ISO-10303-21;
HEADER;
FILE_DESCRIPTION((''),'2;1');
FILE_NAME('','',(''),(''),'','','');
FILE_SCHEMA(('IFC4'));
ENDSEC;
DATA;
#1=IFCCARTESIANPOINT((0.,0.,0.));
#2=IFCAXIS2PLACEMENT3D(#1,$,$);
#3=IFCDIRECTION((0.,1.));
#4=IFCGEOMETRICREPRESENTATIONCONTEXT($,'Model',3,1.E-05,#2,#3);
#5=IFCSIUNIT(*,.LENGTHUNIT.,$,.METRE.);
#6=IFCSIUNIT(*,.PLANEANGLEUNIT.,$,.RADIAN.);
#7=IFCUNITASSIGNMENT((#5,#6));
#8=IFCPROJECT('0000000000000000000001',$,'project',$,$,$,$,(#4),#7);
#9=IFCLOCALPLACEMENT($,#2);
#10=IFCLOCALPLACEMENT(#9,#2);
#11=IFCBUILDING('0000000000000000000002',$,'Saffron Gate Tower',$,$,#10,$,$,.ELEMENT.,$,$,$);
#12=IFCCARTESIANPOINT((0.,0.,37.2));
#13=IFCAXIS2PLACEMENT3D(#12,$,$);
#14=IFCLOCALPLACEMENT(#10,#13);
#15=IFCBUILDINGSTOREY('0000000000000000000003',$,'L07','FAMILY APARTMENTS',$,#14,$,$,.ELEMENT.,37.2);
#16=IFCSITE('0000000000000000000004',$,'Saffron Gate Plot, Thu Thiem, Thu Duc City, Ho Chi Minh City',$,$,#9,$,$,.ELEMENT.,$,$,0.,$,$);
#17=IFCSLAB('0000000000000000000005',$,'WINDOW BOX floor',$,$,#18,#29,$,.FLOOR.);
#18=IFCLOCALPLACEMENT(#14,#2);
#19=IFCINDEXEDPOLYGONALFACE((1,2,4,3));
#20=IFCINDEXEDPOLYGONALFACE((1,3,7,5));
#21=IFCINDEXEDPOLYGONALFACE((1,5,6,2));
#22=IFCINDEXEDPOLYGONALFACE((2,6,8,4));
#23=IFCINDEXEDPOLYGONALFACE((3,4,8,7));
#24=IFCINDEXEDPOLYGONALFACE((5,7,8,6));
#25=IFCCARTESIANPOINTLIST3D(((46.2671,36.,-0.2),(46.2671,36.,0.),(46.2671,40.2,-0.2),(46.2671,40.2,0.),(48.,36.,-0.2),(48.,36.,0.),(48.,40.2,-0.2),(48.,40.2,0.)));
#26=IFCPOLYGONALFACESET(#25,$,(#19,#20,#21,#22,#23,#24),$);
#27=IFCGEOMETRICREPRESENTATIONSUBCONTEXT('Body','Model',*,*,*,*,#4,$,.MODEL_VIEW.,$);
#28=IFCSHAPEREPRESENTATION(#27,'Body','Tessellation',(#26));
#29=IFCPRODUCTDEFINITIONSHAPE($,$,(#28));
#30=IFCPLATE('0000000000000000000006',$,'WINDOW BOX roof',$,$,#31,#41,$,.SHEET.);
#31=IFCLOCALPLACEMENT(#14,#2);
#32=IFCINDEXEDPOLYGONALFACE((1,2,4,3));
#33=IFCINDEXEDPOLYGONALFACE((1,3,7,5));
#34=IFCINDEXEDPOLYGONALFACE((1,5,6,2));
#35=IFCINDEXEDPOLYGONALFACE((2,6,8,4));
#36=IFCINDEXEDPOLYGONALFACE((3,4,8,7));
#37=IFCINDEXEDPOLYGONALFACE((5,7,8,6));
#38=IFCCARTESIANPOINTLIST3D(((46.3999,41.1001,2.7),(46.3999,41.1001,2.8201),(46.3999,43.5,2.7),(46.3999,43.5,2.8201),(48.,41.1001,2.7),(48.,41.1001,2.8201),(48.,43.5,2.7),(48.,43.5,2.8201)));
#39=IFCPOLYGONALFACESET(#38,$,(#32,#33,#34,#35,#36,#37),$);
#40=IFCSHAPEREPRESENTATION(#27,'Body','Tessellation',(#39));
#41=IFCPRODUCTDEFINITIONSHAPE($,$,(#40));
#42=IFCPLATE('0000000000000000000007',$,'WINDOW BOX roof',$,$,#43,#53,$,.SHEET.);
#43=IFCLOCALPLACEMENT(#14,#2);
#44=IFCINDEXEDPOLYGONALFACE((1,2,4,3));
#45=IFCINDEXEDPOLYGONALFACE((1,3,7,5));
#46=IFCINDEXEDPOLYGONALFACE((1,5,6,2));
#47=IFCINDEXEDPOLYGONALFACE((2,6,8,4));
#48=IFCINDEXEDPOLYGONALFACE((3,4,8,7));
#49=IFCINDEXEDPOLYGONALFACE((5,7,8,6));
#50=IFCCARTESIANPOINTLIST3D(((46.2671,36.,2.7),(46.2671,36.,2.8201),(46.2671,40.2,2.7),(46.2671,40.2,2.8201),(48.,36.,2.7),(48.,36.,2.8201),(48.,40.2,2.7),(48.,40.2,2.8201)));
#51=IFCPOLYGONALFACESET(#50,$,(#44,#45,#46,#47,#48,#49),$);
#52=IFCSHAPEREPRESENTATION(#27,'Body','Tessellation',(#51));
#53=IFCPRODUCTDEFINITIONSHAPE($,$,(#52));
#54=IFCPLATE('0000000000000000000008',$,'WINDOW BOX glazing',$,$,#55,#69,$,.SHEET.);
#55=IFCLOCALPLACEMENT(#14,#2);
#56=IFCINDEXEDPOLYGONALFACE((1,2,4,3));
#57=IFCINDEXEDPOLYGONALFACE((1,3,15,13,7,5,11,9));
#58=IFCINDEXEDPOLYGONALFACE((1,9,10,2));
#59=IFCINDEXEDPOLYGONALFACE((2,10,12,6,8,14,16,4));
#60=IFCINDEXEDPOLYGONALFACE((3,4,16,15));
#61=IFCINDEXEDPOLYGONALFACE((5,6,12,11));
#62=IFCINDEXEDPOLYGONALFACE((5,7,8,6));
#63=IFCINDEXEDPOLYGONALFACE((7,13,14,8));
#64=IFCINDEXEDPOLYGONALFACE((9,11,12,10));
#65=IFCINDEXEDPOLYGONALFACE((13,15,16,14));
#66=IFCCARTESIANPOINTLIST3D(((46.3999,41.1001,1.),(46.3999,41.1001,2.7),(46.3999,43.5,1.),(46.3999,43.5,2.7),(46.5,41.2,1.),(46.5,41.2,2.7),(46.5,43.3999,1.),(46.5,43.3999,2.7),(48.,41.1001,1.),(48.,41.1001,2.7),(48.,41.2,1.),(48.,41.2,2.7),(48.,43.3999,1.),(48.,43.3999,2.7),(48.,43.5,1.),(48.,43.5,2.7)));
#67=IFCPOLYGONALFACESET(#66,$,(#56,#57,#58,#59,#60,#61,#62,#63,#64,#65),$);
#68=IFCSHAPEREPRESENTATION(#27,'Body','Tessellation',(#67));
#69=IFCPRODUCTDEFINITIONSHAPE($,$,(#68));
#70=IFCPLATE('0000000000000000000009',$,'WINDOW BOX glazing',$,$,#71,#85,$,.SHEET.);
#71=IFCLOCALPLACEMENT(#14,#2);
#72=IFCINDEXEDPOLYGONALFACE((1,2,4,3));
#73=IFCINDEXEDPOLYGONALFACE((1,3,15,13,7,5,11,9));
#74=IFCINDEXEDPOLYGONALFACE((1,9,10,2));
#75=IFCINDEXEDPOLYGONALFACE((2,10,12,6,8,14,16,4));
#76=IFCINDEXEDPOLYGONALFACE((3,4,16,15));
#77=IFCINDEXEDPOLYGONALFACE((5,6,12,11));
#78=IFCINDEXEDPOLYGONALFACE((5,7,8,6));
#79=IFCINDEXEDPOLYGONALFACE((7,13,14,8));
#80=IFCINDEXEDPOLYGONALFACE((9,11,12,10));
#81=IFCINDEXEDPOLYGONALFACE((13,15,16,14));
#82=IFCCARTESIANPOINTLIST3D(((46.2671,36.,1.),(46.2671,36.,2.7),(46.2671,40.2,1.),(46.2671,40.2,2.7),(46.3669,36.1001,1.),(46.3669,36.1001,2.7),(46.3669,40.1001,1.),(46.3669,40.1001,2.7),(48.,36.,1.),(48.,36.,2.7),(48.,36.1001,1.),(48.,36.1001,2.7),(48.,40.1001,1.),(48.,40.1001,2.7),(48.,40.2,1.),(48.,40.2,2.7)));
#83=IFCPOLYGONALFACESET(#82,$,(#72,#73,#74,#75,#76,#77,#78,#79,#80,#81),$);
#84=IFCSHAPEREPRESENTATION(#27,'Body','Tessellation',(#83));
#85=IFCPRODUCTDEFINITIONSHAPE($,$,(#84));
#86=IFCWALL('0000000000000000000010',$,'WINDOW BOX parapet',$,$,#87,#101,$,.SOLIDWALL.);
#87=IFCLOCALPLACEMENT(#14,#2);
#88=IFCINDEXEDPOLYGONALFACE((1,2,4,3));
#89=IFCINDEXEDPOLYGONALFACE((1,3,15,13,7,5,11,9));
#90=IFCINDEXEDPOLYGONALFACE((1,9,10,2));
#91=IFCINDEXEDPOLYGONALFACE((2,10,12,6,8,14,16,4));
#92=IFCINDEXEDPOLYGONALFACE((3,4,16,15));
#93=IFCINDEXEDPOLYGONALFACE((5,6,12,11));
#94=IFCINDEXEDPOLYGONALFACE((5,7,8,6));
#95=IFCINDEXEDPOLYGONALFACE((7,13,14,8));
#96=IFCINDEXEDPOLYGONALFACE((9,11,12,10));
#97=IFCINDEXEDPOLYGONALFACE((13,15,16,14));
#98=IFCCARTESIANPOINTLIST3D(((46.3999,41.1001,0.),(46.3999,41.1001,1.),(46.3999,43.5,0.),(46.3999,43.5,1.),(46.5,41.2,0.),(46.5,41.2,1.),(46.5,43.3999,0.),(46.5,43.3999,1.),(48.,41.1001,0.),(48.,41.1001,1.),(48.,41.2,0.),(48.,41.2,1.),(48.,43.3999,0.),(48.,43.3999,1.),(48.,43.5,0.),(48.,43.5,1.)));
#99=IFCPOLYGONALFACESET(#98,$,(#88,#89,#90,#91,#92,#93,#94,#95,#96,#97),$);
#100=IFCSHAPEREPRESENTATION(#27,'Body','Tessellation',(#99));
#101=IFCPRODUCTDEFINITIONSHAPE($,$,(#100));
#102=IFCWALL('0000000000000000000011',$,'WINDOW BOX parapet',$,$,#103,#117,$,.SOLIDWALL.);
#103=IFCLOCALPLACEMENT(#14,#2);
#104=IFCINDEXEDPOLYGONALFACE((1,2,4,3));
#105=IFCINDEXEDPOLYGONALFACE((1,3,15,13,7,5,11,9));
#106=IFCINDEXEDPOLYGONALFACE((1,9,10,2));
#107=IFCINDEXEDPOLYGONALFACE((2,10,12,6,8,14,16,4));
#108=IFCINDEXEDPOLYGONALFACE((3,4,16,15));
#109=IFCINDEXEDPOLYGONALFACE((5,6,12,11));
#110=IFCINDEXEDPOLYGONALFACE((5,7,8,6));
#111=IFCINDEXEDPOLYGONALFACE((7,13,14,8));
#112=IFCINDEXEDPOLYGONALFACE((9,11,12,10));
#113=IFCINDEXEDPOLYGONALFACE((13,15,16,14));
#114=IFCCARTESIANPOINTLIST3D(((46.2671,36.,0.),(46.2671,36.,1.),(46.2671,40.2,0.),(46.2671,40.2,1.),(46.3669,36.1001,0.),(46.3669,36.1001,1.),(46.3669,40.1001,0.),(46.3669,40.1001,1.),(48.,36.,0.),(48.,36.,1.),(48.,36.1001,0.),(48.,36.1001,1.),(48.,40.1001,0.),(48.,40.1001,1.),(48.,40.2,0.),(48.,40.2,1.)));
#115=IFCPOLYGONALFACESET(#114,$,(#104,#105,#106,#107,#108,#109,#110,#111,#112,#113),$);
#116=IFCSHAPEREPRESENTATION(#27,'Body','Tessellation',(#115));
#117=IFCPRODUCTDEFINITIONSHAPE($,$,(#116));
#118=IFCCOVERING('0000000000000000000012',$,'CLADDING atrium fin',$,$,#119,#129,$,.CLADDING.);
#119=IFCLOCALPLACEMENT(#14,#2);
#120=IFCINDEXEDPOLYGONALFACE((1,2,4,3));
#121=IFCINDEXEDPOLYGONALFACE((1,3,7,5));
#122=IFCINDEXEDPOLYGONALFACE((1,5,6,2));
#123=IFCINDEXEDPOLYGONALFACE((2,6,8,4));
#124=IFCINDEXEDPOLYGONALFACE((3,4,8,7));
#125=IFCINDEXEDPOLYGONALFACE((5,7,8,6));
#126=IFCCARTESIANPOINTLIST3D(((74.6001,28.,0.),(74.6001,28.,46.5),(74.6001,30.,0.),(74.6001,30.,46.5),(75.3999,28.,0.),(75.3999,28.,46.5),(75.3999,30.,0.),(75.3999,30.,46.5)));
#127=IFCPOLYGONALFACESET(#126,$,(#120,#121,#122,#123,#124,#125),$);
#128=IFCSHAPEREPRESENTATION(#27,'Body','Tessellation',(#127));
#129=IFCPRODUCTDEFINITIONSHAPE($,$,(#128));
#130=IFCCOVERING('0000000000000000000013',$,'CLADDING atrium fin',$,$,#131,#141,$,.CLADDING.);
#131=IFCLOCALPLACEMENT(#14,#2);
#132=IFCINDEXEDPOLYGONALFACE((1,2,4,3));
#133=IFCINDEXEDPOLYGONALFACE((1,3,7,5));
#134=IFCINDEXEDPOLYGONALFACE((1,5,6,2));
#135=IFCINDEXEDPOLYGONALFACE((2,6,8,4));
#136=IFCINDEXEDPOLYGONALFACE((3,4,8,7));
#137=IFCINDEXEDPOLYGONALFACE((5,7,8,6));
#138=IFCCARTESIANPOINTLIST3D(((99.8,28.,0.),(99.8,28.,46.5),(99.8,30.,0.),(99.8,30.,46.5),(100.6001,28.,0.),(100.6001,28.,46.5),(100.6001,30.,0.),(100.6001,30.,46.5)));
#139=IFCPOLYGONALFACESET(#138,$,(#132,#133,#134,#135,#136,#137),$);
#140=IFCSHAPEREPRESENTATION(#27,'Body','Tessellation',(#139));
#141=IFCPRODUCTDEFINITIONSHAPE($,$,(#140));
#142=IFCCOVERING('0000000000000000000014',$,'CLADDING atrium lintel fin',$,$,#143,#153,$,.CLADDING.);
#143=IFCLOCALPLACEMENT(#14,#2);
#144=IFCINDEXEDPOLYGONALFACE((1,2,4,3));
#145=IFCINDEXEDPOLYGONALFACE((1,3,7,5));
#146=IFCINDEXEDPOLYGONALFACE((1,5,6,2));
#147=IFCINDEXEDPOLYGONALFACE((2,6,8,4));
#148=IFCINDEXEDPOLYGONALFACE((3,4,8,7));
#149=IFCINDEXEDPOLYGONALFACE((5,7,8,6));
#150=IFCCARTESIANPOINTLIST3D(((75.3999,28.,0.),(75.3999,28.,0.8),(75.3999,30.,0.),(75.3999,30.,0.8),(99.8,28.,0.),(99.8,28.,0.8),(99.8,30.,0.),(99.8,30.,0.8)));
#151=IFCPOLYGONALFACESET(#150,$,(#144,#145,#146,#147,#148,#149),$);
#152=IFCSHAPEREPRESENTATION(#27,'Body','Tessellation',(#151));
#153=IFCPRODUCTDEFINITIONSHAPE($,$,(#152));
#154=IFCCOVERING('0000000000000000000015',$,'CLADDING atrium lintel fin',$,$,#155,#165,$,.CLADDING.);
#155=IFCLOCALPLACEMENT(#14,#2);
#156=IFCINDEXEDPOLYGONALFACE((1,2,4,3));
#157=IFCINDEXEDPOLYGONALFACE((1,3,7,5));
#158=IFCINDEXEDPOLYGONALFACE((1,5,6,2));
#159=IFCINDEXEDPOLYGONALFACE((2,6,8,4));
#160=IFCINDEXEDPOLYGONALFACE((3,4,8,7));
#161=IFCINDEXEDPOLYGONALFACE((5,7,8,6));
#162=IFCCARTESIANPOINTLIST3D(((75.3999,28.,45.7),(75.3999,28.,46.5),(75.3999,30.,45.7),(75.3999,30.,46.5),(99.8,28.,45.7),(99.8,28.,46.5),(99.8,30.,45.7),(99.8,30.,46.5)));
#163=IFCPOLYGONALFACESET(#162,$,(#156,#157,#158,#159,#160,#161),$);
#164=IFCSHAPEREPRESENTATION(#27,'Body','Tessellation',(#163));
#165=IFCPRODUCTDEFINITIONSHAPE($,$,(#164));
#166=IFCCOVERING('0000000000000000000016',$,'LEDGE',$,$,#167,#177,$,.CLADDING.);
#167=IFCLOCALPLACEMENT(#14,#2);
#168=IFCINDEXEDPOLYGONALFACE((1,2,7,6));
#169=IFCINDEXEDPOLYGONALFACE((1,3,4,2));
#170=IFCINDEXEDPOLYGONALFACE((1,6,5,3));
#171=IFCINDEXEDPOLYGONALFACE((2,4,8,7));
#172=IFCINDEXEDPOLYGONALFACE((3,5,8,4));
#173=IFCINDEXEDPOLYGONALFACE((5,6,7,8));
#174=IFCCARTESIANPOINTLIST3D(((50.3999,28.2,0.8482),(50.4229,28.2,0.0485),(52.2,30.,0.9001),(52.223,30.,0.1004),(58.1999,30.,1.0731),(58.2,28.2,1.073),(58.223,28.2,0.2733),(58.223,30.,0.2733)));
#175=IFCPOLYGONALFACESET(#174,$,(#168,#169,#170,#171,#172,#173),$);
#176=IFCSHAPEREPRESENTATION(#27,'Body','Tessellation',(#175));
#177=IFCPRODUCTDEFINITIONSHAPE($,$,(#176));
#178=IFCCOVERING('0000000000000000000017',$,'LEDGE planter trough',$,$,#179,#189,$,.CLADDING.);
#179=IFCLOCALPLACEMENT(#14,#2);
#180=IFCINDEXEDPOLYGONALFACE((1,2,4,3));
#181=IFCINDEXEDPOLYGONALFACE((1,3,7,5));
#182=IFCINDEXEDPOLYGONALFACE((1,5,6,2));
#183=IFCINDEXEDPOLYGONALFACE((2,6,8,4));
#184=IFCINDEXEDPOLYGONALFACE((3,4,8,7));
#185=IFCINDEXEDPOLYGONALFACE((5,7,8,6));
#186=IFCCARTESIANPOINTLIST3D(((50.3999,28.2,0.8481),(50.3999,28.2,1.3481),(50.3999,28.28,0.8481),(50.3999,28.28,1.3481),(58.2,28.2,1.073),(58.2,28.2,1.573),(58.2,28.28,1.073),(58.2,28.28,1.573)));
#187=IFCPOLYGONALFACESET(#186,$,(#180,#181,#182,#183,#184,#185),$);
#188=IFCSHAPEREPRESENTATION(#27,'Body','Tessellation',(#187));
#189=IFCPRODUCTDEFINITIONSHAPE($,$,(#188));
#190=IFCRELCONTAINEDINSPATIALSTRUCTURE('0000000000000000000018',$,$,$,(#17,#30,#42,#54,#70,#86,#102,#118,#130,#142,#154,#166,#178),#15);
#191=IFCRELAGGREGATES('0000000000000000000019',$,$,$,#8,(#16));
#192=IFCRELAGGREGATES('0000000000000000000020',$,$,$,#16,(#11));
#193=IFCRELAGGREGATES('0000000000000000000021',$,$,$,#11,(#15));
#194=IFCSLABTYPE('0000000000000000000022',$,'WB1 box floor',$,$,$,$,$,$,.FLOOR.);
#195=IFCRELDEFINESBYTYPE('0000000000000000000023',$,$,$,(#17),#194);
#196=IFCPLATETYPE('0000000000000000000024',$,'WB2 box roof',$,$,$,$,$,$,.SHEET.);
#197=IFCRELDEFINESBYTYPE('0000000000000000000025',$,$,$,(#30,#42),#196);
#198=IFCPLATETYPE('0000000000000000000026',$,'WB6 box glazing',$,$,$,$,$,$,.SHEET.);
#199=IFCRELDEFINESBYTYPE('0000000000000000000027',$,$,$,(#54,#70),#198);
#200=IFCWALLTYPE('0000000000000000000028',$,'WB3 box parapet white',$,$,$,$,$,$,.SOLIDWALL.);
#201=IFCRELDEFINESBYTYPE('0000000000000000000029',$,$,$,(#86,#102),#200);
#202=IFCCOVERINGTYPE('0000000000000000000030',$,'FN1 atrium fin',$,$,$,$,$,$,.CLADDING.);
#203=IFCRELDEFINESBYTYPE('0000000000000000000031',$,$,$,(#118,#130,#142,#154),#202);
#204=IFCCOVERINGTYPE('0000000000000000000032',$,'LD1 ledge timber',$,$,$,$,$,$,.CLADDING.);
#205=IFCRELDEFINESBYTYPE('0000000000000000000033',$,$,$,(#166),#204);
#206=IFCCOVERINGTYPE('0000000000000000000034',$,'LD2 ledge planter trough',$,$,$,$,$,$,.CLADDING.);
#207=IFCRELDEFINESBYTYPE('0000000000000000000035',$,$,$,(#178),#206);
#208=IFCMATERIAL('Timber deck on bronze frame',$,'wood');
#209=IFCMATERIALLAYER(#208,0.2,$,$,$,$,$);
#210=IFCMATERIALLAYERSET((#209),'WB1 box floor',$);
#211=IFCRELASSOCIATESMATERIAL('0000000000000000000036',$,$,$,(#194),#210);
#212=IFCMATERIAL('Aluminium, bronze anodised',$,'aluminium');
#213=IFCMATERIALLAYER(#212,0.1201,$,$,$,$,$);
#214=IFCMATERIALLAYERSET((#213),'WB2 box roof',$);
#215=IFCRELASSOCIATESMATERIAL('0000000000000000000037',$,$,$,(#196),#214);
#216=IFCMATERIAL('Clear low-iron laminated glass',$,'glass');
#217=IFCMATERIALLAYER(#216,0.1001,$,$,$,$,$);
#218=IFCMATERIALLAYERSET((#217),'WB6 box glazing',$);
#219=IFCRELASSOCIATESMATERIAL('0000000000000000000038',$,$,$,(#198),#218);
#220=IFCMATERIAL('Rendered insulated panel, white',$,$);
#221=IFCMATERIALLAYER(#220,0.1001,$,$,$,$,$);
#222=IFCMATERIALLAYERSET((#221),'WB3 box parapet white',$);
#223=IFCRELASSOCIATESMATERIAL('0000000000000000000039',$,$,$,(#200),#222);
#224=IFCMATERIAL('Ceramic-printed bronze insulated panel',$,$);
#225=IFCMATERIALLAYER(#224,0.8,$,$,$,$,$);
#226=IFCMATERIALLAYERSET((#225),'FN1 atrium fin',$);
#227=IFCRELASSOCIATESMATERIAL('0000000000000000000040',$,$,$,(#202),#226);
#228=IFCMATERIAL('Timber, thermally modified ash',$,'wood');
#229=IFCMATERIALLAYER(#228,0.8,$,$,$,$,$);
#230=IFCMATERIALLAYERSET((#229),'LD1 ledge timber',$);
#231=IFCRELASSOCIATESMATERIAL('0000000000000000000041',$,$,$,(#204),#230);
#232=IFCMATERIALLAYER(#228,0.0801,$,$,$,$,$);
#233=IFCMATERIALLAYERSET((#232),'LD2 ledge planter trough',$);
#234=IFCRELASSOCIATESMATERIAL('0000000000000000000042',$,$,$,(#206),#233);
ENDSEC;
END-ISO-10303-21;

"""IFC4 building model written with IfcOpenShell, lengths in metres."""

from ifc_helpers import new_model, si_unit, direction, frame, origin, place, context, subcontext, project, spatial, polyline, outline, extrude, material, layer, layer_set, type_object, element, save


model = new_model("IFC4")

# Units and contexts
model_context = context("Model", 3, precision=1e-05, world=origin(), true_north=direction((0.0, 1.0)))
body_context = subcontext(model_context, "Body", "Model", "MODEL_VIEW")
ifc_project = project(units=[si_unit("LENGTHUNIT", "METRE"), si_unit("PLANEANGLEUNIT", "RADIAN")], contexts=[model_context])

# Site, building, storey
site_placement = place(None, origin())
site = spatial("IfcSite", under=ifc_project, at=site_placement, Name="Saffron Gate Plot, Thu Thiem, Thu Duc City, Ho Chi Minh City", CompositionType="ELEMENT", RefElevation=0.0)
building_placement = place(site_placement, origin())
building = spatial("IfcBuilding", under=site, at=building_placement, Name="Saffron Gate Tower", CompositionType="ELEMENT")
storey_placement = place(building_placement, frame((0.0, 0.0, 37.2)))
storey = spatial("IfcBuildingStorey", under=building, at=storey_placement, Name="L07", Description="FAMILY APARTMENTS", CompositionType="ELEMENT", Elevation=37.2)

# Shared definitions
ifc_material_1 = material(Name="Aluminium, bronze anodised", Category="aluminium")

# Slab
ifc_material_2 = material(Name="Timber deck on bronze frame", Category="wood")
ifc_layer_1 = layer(ifc_material_2, 0.2)
ifc_layer_set_1 = layer_set([ifc_layer_1], Name="WB1 box floor")
slab_type_1 = type_object("IfcSlabType", Name="WB1 box floor", PredefinedType="FLOOR", material=ifc_layer_set_1)
slab_1_placement = place(storey_placement, frame((0.0, 0.0, -0.2)))
element("IfcSlab", 1, at=slab_1_placement, inside=storey, type_object=slab_type_1, Name="WINDOW BOX floor", PredefinedType="FLOOR", context=body_context, shape_type="SweptSolid", body=[
    extrude(outline(polyline([(48.0, 40.2), (48.0, 36.0), (46.2671, 36.0), (46.2671, 40.2), (48.0, 40.2)])), origin(), (0.0, 0.0, 1.0), 0.2),
])

# Plates
ifc_layer_2 = layer(ifc_material_1, 0.1201)
ifc_layer_set_2 = layer_set([ifc_layer_2], Name="WB2 box roof")
plate_type_1 = type_object("IfcPlateType", Name="WB2 box roof", PredefinedType="SHEET", material=ifc_layer_set_2)
plate_1_placement = place(storey_placement, frame((0.0, 0.0, 2.7)))
element("IfcPlate", 2, at=plate_1_placement, inside=storey, type_object=plate_type_1, Name="WINDOW BOX roof", PredefinedType="SHEET", context=body_context, shape_type="SweptSolid", body=[
    extrude(outline(polyline([(48.0, 43.5), (48.0, 41.1001), (46.3999, 41.1001), (46.3999, 43.5), (48.0, 43.5)])), origin(), (0.0, 0.0, 1.0), 0.1201),
])
plate_2_placement = place(storey_placement, frame((0.0, 0.0, 2.7)))
element("IfcPlate", 3, at=plate_2_placement, inside=storey, type_object=plate_type_1, Name="WINDOW BOX roof", PredefinedType="SHEET", context=body_context, shape_type="SweptSolid", body=[
    extrude(outline(polyline([(48.0, 40.2), (48.0, 36.0), (46.2671, 36.0), (46.2671, 40.2), (48.0, 40.2)])), origin(), (0.0, 0.0, 1.0), 0.1201),
])
ifc_material_3 = material(Name="Clear low-iron laminated glass", Category="glass")
ifc_layer_3 = layer(ifc_material_3, 0.1001)
ifc_layer_set_3 = layer_set([ifc_layer_3], Name="WB6 box glazing")
plate_type_2 = type_object("IfcPlateType", Name="WB6 box glazing", PredefinedType="SHEET", material=ifc_layer_set_3)
plate_3_placement = place(storey_placement, frame((0.0, 0.0, 1.0)))
element("IfcPlate", 4, at=plate_3_placement, inside=storey, type_object=plate_type_2, Name="WINDOW BOX glazing", PredefinedType="SHEET", context=body_context, shape_type="SweptSolid", body=[
    extrude(outline(polyline([(48.0, 43.5), (48.0, 43.3999), (46.5, 43.3999), (46.5, 41.2), (48.0, 41.2), (48.0, 41.1001), (46.3999, 41.1001), (46.3999, 43.5), (48.0, 43.5)])), origin(), (0.0, 0.0, 1.0), 1.7),
])
plate_4_placement = place(storey_placement, frame((0.0, 0.0, 1.0)))
element("IfcPlate", 5, at=plate_4_placement, inside=storey, type_object=plate_type_2, Name="WINDOW BOX glazing", PredefinedType="SHEET", context=body_context, shape_type="SweptSolid", body=[
    extrude(outline(polyline([(48.0, 40.2), (48.0, 40.1001), (46.3669, 40.1001), (46.3669, 36.1001), (48.0, 36.1001), (48.0, 36.0), (46.2671, 36.0), (46.2671, 40.2), (48.0, 40.2)])), origin(), (0.0, 0.0, 1.0), 1.7),
])

# Walls
ifc_material_4 = material(Name="Rendered insulated panel, white")
ifc_layer_4 = layer(ifc_material_4, 0.1001)
ifc_layer_set_4 = layer_set([ifc_layer_4], Name="WB3 box parapet white")
wall_type = type_object("IfcWallType", Name="WB3 box parapet white", PredefinedType="SOLIDWALL", material=ifc_layer_set_4)
wall_1_placement = place(storey_placement, origin())
element("IfcWall", 6, at=wall_1_placement, inside=storey, type_object=wall_type, Name="WINDOW BOX parapet", PredefinedType="SOLIDWALL", context=body_context, shape_type="SweptSolid", body=[
    extrude(outline(polyline([(48.0, 43.5), (48.0, 43.3999), (46.5, 43.3999), (46.5, 41.2), (48.0, 41.2), (48.0, 41.1001), (46.3999, 41.1001), (46.3999, 43.5), (48.0, 43.5)])), origin(), (0.0, 0.0, 1.0), 1.0),
])
wall_2_placement = place(storey_placement, origin())
element("IfcWall", 7, at=wall_2_placement, inside=storey, type_object=wall_type, Name="WINDOW BOX parapet", PredefinedType="SOLIDWALL", context=body_context, shape_type="SweptSolid", body=[
    extrude(outline(polyline([(48.0, 40.2), (48.0, 40.1001), (46.3669, 40.1001), (46.3669, 36.1001), (48.0, 36.1001), (48.0, 36.0), (46.2671, 36.0), (46.2671, 40.2), (48.0, 40.2)])), origin(), (0.0, 0.0, 1.0), 1.0),
])

# Coverings
ifc_material_5 = material(Name="Ceramic-printed bronze insulated panel")
ifc_layer_5 = layer(ifc_material_5, 0.8)
ifc_layer_set_5 = layer_set([ifc_layer_5], Name="FN1 atrium fin")
covering_type_1 = type_object("IfcCoveringType", Name="FN1 atrium fin", PredefinedType="CLADDING", material=ifc_layer_set_5)
covering_1_placement = place(storey_placement, origin())
element("IfcCovering", 8, at=covering_1_placement, inside=storey, type_object=covering_type_1, Name="CLADDING atrium fin", PredefinedType="CLADDING", context=body_context, shape_type="SweptSolid", body=[
    extrude(outline(polyline([(74.6001, 30.0), (75.3999, 30.0), (75.3999, 28.0), (74.6001, 28.0), (74.6001, 30.0)])), origin(), (0.0, 0.0, 1.0), 46.5),
])
covering_2_placement = place(storey_placement, origin())
element("IfcCovering", 9, at=covering_2_placement, inside=storey, type_object=covering_type_1, Name="CLADDING atrium fin", PredefinedType="CLADDING", context=body_context, shape_type="SweptSolid", body=[
    extrude(outline(polyline([(99.8, 30.0), (100.6001, 30.0), (100.6001, 28.0), (99.8, 28.0), (99.8, 30.0)])), origin(), (0.0, 0.0, 1.0), 46.5),
])
for number, where, name in (
    (10, (0.0, 0.0, 0.0), "CLADDING atrium lintel fin"),
    (11, (0.0, 0.0, 45.7), "CLADDING atrium lintel fin"),
):
    element("IfcCovering", number, at=place(storey_placement, frame(where)), inside=storey, type_object=covering_type_1, Name=name, PredefinedType="CLADDING", context=body_context, shape_type="SweptSolid", body=[
        extrude(outline(polyline([(75.3999, 30.0), (99.8, 30.0), (99.8, 28.0), (75.3999, 28.0), (75.3999, 30.0)])), origin(), (0.0, 0.0, 1.0), 0.8),
    ])
ifc_material_6 = material(Name="Timber, thermally modified ash", Category="wood")
ifc_layer_6 = layer(ifc_material_6, 0.8)
ifc_layer_set_6 = layer_set([ifc_layer_6], Name="LD1 ledge timber")
covering_type_2 = type_object("IfcCoveringType", Name="LD1 ledge timber", PredefinedType="CLADDING", material=ifc_layer_set_6)
covering_3_placement = place(storey_placement, frame((52.2, 30.0, 0.9001), z_axis=(-0.028807, -0.000035, 0.999585), x_axis=(0.999585, 0.0, 0.028807)))
element("IfcCovering", 12, at=covering_3_placement, inside=storey, type_object=covering_type_2, Name="LEDGE", PredefinedType="CLADDING", context=body_context, shape_type="SweptSolid", body=[
    extrude(outline(polyline([(0.0, 0.0), (6.0025, 0.0), (6.0025, -1.8), (-1.8008, -1.8), (0.0, 0.0)])), origin(), (0.0, 0.0, -1.0), 0.8),
])
ifc_layer_7 = layer(ifc_material_6, 0.0801)
ifc_layer_set_7 = layer_set([ifc_layer_7], Name="LD2 ledge planter trough")
covering_type_3 = type_object("IfcCoveringType", Name="LD2 ledge planter trough", PredefinedType="CLADDING", material=ifc_layer_set_7)
covering_4_placement = place(storey_placement, frame((50.3999, 28.2, 0.8481), z_axis=(0.0, -1.0, 0.0), x_axis=(0.999585, 0.0, 0.028815)))
element("IfcCovering", 13, at=covering_4_placement, inside=storey, type_object=covering_type_3, Name="LEDGE planter trough", PredefinedType="CLADDING", context=body_context, shape_type="SweptSolid", body=[
    extrude(outline(polyline([(0.0, 0.0), (7.8033, 0.0), (7.8177, 0.4998), (0.0144, 0.4998), (0.0, 0.0)])), origin(), (0.0, 0.0, -1.0), 0.0801),
])

save(model, "model.ifc")
